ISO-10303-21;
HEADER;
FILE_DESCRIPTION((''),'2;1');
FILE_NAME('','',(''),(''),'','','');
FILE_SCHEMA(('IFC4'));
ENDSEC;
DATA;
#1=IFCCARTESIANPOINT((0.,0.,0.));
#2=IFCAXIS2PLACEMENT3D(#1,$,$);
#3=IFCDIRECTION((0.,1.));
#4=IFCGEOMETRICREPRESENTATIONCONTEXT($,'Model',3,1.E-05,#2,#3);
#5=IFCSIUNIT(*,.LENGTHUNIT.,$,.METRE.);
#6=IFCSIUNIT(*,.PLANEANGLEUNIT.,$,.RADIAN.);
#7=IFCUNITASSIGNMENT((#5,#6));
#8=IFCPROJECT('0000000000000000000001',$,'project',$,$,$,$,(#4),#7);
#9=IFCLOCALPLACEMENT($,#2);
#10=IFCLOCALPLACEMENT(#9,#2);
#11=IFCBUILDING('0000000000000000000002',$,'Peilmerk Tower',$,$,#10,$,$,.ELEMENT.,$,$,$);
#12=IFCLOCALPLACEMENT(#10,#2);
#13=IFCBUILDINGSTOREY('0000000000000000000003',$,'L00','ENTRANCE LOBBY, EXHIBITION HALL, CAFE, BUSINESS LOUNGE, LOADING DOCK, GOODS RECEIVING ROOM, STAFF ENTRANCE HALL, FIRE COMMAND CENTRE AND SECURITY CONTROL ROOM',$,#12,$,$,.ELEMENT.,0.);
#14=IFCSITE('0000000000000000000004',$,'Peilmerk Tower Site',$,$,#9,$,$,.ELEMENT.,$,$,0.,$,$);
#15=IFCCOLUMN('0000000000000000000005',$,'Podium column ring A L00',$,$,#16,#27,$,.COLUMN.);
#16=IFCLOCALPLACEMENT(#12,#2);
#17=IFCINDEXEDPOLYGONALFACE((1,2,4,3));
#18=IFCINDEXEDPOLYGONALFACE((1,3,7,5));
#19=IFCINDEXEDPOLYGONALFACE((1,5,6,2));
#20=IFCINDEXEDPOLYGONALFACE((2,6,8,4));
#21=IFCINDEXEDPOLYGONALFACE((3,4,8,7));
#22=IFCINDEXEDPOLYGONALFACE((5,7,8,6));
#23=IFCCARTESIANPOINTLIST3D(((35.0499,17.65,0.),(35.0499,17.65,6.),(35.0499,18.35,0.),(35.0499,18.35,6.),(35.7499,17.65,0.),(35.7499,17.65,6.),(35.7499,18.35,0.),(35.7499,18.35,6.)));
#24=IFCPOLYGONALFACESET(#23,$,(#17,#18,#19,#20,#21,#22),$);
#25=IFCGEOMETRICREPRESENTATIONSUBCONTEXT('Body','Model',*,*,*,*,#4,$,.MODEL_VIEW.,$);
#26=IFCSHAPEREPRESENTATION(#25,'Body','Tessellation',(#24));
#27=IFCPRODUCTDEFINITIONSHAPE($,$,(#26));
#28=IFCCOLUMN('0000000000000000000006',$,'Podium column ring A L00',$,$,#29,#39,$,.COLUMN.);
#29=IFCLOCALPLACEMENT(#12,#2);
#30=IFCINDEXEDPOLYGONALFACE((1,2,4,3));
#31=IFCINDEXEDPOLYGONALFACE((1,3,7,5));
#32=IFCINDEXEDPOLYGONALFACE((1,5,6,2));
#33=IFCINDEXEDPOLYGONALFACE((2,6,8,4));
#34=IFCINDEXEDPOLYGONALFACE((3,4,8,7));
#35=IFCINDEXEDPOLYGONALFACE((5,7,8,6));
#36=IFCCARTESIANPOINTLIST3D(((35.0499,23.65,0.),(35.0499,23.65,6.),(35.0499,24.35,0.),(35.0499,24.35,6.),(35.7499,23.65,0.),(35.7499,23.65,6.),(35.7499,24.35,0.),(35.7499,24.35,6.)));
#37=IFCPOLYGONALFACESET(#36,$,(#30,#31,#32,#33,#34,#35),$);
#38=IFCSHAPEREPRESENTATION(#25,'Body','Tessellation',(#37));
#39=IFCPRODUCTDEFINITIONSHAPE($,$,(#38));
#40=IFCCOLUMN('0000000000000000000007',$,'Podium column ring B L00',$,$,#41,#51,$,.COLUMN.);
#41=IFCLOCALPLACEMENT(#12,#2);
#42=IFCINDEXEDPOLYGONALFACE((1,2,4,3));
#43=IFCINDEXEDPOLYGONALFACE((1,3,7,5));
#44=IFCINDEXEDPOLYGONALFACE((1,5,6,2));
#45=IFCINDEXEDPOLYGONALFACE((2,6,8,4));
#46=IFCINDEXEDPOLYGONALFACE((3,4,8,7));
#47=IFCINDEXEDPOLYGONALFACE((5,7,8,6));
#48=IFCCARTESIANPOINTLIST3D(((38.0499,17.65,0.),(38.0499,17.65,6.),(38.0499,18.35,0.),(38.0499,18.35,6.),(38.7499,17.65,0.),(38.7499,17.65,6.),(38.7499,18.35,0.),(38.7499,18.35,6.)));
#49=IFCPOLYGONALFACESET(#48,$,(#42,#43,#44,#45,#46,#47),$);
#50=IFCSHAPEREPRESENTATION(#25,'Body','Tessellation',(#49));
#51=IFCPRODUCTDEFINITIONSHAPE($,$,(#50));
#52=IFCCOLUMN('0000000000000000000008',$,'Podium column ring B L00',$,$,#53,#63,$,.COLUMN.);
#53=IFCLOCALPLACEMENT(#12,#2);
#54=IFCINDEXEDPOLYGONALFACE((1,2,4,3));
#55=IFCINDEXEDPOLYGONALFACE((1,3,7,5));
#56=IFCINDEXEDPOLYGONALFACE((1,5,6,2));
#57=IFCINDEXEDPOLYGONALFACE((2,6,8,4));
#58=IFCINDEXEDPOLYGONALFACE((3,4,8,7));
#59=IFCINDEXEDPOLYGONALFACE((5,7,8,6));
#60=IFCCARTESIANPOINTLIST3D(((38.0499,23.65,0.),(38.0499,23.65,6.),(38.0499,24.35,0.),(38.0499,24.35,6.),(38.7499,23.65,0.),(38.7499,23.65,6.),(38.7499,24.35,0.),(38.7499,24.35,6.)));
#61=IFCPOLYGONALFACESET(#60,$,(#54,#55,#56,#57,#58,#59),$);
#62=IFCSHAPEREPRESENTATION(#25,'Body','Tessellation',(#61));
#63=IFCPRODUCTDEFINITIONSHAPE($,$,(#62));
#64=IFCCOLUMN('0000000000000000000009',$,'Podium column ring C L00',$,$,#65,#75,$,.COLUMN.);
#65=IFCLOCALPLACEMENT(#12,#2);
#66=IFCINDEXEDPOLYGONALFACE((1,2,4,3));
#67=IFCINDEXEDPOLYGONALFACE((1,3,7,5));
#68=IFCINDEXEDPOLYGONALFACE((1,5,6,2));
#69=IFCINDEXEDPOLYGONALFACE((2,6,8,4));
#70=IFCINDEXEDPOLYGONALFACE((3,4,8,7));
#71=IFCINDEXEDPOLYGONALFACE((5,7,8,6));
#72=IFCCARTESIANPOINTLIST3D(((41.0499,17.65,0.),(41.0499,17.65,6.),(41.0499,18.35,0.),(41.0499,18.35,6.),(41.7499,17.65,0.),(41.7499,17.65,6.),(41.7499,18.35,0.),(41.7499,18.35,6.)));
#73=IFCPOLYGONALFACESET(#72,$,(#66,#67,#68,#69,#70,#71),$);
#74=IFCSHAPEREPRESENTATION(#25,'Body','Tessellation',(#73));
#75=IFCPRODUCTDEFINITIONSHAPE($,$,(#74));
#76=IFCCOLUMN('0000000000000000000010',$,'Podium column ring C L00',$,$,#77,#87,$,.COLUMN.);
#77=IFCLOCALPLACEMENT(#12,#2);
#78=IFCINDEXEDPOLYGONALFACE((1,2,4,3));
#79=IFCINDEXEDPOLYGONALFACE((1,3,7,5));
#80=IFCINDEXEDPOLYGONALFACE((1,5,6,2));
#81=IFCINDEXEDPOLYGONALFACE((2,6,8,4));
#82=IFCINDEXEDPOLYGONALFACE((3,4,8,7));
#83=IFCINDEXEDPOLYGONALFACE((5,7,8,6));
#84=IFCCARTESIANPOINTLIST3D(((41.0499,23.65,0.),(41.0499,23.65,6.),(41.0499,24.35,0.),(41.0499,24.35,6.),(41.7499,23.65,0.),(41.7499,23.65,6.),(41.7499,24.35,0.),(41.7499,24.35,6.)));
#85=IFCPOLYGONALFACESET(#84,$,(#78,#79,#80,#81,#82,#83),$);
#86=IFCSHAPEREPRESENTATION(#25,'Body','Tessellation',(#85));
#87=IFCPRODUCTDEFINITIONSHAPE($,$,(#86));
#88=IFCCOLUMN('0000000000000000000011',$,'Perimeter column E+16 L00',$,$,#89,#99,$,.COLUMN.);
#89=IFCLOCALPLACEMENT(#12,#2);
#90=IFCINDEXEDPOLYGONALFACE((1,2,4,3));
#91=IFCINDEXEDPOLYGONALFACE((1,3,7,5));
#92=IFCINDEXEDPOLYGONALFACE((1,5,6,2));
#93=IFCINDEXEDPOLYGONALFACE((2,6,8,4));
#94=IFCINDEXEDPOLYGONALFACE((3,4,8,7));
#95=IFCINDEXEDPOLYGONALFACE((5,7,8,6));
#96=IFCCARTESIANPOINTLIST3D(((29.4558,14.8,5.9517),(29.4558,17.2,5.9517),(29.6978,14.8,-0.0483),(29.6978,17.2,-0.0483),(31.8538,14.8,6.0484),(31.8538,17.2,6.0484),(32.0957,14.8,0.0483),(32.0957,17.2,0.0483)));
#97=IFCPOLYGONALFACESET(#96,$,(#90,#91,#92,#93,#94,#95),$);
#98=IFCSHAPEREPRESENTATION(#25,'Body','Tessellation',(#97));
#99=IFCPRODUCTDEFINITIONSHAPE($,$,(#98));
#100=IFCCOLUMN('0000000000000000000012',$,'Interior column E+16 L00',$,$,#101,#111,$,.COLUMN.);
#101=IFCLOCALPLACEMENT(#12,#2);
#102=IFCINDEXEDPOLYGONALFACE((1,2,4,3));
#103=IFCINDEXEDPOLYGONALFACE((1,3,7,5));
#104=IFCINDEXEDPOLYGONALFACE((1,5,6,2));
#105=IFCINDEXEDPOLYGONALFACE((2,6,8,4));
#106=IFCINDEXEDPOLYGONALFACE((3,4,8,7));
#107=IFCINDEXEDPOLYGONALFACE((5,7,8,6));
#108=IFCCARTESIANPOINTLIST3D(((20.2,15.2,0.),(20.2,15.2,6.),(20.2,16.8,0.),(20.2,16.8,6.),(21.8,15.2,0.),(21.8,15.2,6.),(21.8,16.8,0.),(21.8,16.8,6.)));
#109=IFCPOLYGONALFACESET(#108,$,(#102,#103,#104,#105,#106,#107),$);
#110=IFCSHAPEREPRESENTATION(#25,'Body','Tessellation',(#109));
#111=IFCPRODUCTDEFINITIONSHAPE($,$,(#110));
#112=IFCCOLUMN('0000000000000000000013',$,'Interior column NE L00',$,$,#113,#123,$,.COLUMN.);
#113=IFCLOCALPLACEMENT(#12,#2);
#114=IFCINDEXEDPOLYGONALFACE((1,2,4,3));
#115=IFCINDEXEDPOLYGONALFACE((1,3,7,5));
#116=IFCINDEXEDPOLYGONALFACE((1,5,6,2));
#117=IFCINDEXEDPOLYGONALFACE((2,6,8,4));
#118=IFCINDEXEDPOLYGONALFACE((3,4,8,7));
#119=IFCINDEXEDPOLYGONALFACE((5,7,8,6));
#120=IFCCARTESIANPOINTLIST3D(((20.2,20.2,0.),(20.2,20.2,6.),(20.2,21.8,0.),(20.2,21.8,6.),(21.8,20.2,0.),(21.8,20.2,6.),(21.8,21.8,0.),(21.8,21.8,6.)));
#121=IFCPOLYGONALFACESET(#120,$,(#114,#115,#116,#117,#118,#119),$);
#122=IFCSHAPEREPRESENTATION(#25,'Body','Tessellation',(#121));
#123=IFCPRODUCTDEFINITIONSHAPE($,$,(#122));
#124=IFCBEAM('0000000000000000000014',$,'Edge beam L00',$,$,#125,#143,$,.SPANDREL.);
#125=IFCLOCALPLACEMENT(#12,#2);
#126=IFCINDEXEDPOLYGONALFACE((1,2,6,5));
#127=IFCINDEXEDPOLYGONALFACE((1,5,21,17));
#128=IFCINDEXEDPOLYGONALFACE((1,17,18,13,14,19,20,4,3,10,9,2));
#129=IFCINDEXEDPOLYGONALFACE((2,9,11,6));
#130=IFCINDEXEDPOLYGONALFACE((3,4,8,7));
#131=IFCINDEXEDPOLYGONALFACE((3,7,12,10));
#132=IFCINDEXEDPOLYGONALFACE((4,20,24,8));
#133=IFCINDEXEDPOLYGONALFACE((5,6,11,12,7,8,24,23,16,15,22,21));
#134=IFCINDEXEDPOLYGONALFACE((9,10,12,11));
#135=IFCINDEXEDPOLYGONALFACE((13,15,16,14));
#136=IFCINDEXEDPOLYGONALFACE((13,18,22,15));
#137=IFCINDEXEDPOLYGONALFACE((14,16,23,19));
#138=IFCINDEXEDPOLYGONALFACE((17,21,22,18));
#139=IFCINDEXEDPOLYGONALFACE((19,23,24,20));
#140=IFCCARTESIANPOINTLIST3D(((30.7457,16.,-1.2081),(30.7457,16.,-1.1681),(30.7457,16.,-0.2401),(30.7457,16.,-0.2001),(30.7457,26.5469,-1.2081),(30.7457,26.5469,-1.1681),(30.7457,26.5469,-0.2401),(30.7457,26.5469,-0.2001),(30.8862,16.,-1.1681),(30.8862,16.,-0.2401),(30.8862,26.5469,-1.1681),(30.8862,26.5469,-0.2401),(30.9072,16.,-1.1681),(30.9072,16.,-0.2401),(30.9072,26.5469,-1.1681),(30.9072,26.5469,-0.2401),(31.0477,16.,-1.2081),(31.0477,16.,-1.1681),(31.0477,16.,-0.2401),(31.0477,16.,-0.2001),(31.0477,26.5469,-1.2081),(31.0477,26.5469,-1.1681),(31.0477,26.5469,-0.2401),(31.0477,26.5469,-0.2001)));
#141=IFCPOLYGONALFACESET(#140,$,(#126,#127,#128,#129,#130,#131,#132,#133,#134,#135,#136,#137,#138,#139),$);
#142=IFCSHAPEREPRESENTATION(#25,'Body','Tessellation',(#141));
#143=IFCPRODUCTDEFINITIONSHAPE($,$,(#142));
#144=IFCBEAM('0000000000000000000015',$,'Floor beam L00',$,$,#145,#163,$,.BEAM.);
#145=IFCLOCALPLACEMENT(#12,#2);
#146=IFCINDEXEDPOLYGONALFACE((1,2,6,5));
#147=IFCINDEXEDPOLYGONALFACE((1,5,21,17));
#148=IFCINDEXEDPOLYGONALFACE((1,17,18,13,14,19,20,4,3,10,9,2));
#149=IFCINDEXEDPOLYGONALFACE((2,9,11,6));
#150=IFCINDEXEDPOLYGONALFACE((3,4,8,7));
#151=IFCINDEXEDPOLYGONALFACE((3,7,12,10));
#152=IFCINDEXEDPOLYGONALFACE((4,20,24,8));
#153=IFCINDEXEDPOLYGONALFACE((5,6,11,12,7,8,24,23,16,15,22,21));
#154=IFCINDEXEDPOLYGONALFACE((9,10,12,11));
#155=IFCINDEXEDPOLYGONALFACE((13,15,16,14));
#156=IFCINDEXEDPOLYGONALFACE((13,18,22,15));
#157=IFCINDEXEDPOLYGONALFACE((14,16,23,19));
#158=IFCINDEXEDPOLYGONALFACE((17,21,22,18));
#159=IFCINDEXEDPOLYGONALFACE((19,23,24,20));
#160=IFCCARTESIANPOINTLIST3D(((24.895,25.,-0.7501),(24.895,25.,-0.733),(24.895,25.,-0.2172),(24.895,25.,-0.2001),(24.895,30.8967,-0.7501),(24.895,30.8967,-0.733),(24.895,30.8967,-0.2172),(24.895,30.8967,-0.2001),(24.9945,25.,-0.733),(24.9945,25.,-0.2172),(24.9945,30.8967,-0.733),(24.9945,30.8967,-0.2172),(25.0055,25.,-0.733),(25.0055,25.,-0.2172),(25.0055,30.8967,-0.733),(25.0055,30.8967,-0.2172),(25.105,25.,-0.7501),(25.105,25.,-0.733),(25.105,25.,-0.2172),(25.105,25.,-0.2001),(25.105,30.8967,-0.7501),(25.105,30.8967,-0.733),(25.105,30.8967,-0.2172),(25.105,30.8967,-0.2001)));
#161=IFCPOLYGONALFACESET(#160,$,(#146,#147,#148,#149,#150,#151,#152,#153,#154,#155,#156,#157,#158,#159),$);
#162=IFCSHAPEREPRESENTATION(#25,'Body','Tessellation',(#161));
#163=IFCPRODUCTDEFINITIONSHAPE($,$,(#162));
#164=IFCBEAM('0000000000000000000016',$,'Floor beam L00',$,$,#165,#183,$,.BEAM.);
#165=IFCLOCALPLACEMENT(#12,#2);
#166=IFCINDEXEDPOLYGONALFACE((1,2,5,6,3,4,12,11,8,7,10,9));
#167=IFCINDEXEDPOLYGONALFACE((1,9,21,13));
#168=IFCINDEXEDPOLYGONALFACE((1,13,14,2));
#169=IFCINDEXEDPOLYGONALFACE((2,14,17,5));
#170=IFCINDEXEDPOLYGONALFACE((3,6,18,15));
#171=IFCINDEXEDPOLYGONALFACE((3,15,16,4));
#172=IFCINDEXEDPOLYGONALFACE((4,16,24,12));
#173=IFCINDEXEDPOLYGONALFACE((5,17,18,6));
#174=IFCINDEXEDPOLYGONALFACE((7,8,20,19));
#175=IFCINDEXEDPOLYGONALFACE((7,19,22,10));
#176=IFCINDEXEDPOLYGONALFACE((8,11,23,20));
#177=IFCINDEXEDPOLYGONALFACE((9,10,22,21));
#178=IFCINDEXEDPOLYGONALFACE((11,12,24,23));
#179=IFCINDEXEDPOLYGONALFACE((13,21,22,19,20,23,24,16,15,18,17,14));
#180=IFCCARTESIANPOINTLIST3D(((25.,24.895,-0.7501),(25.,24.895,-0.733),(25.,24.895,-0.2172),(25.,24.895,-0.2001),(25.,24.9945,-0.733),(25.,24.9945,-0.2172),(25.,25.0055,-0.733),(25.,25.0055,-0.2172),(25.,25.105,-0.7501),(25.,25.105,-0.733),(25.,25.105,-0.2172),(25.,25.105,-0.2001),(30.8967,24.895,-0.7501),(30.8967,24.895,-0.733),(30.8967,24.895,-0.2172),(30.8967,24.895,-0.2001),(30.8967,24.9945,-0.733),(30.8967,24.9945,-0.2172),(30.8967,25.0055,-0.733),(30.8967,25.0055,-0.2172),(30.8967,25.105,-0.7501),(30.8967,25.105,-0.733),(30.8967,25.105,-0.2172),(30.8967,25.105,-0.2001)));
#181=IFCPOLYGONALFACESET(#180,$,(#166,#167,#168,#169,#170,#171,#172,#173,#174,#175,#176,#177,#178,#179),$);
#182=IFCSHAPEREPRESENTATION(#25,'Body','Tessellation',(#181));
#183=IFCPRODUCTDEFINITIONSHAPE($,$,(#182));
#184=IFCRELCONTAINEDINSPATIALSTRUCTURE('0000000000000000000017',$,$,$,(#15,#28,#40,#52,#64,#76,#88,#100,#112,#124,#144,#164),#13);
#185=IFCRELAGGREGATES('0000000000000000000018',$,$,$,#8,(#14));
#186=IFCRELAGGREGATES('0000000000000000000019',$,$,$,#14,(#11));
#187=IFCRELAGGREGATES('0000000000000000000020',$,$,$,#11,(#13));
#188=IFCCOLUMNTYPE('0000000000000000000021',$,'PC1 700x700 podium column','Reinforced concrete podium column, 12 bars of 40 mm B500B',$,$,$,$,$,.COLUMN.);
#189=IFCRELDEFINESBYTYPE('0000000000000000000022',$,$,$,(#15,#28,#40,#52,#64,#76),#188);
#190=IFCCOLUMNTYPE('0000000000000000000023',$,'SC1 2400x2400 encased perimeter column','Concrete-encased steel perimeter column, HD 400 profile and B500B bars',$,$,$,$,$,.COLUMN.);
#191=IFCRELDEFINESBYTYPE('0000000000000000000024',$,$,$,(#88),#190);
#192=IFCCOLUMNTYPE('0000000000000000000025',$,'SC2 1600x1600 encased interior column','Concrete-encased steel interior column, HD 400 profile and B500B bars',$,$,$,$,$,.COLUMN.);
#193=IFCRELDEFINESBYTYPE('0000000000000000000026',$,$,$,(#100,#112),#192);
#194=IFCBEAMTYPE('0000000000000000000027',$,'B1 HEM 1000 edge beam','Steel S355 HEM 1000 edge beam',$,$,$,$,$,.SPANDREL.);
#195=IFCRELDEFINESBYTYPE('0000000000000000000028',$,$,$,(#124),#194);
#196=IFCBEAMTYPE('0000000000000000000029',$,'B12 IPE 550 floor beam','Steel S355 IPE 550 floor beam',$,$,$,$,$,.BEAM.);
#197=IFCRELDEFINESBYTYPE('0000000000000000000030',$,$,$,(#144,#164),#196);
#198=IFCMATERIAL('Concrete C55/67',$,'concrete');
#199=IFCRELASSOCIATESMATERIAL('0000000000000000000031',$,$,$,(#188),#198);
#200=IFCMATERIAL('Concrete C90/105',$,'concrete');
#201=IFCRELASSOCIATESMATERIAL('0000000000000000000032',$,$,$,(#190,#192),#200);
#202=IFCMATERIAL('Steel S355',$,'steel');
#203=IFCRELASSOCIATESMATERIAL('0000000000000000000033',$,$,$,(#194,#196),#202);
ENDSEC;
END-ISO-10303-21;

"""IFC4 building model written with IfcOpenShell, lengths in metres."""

from ifc_helpers import new_model, si_unit, direction, frame, origin, origin_2d, place, context, subcontext, project, spatial, rectangle, i_section, extrude, material, material_profile, profile_set, type_object, element, save


model = new_model("IFC4")

# Units and contexts
model_context = context("Model", 3, precision=1e-05, world=origin(), true_north=direction((0.0, 1.0)))
body_context = subcontext(model_context, "Body", "Model", "MODEL_VIEW")
ifc_project = project(units=[si_unit("LENGTHUNIT", "METRE"), si_unit("PLANEANGLEUNIT", "RADIAN")], contexts=[model_context])

# Site, building, storey
site_placement = place(None, origin())
site = spatial("IfcSite", under=ifc_project, at=site_placement, Name="Peilmerk Tower Site", CompositionType="ELEMENT", RefElevation=0.0)
building_placement = place(site_placement, origin())
building = spatial("IfcBuilding", under=site, at=building_placement, Name="Peilmerk Tower", CompositionType="ELEMENT")
storey_placement = place(building_placement, origin())
storey = spatial("IfcBuildingStorey", under=building, at=storey_placement, Name="L00", Description="ENTRANCE LOBBY, EXHIBITION HALL, CAFE, BUSINESS LOUNGE, LOADING DOCK, GOODS RECEIVING ROOM, STAFF ENTRANCE HALL, FIRE COMMAND CENTRE AND SECURITY CONTROL ROOM", CompositionType="ELEMENT", Elevation=0.0)

# Columns
ifc_material_1 = material(Name="Concrete C55/67", Category="concrete")
ifc_material_profile_1 = material_profile(ifc_material_1, rectangle(XDim=0.7, YDim=0.7, at=origin_2d()), Name="RC 700x700")
ifc_profile_set_1 = profile_set([ifc_material_profile_1], Name="Concrete C55/67")
column_type_1 = type_object("IfcColumnType", Name="PC1 700x700 podium column", Description="Reinforced concrete podium column, 12 bars of 40 mm B500B", PredefinedType="COLUMN", material=ifc_profile_set_1)
for number, where, z_axis, x_axis, name in (
    (1, (35.3999, 18.0, 0.0), (0.0, 0.0, 1.0), (1.0, 0.0, 0.0), "Podium column ring A L00"),
    (2, (35.3999, 24.0, 0.0), (0.0, 0.0, 1.0), (1.0, 0.0, 0.0), "Podium column ring A L00"),
    (3, (38.3999, 18.0, 0.0), (0.0, 0.0, 1.0), (1.0, 0.0, 0.0), "Podium column ring B L00"),
    (4, (38.3999, 24.0, 0.0), (0.0, 0.0, 1.0), (1.0, 0.0, 0.0), "Podium column ring B L00"),
    (5, (41.3999, 18.0, 0.0), (0.0, 0.0, 1.0), (1.0, 0.0, 0.0), "Podium column ring C L00"),
    (6, (41.3999, 24.0, 0.0), (0.0, 0.0, 1.0), (1.0, 0.0, 0.0), "Podium column ring C L00"),
):
    element("IfcColumn", number, at=place(storey_placement, frame(where, z_axis=z_axis, x_axis=x_axis)), inside=storey, type_object=column_type_1, Name=name, PredefinedType="COLUMN", context=body_context, shape_type="SweptSolid", body=[
        extrude(rectangle(XDim=0.7, YDim=0.7, at=origin_2d()), origin(), (0.0, 0.0, 1.0), 6.0),
    ])
ifc_material_2 = material(Name="Concrete C90/105", Category="concrete")
ifc_material_profile_2 = material_profile(ifc_material_2, rectangle(XDim=2.3999, YDim=2.3999, at=origin_2d()), Name="RC 2400x2400")
ifc_profile_set_2 = profile_set([ifc_material_profile_2], Name="Concrete C90/105")
column_type_2 = type_object("IfcColumnType", Name="SC1 2400x2400 encased perimeter column", Description="Concrete-encased steel perimeter column, HD 400 profile and B500B bars", PredefinedType="COLUMN", material=ifc_profile_set_2)
column_placement = place(storey_placement, frame((30.8967, 16.0, 0.0), z_axis=(-0.040291, 0.0, 0.999188), x_axis=(0.0, -1.0, 0.0)))
element("IfcColumn", 7, at=column_placement, inside=storey, type_object=column_type_2, Name="Perimeter column E+16 L00", PredefinedType="COLUMN", context=body_context, shape_type="SweptSolid", body=[
    extrude(rectangle(XDim=2.3999, YDim=2.3999, at=origin_2d()), origin(), (0.0, 0.0, 1.0), 6.0049),
])
ifc_material_profile_3 = material_profile(ifc_material_2, rectangle(XDim=1.6001, YDim=1.6001, at=origin_2d()), Name="RC 1600x1600")
ifc_profile_set_3 = profile_set([ifc_material_profile_3], Name="Concrete C90/105")
column_type_3 = type_object("IfcColumnType", Name="SC2 1600x1600 encased interior column", Description="Concrete-encased steel interior column, HD 400 profile and B500B bars", PredefinedType="COLUMN", material=ifc_profile_set_3)
for number, where, z_axis, x_axis, name in (
    (8, (21.0, 16.0, 0.0), (0.0, 0.0, 1.0), (1.0, 0.0, 0.0), "Interior column E+16 L00"),
    (9, (21.0, 21.0, 0.0), (0.0, 0.0, 1.0), (1.0, 0.0, 0.0), "Interior column NE L00"),
):
    element("IfcColumn", number, at=place(storey_placement, frame(where, z_axis=z_axis, x_axis=x_axis)), inside=storey, type_object=column_type_3, Name=name, PredefinedType="COLUMN", context=body_context, shape_type="SweptSolid", body=[
        extrude(rectangle(XDim=1.6001, YDim=1.6001, at=origin_2d()), origin(), (0.0, 0.0, 1.0), 6.0),
    ])

# Beams
ifc_material_3 = material(Name="Steel S355", Category="steel")
ifc_material_profile_4 = material_profile(ifc_material_3, i_section(OverallWidth=0.302, OverallDepth=1.0081, WebThickness=0.021, FlangeThickness=0.04, at=origin_2d()), Name="HEM 1000")
ifc_profile_set_4 = profile_set([ifc_material_profile_4], Name="Steel S355")
beam_type_1 = type_object("IfcBeamType", Name="B1 HEM 1000 edge beam", Description="Steel S355 HEM 1000 edge beam", PredefinedType="SPANDREL", material=ifc_profile_set_4)
beam_1_placement = place(storey_placement, frame((30.8967, 16.0, -0.7041), z_axis=(0.0, 1.0, 0.0), x_axis=(-1.0, 0.0, 0.0)))
element("IfcBeam", 10, at=beam_1_placement, inside=storey, type_object=beam_type_1, Name="Edge beam L00", PredefinedType="SPANDREL", context=body_context, shape_type="SweptSolid", body=[
    extrude(i_section(OverallWidth=0.302, OverallDepth=1.0081, WebThickness=0.021, FlangeThickness=0.04, at=origin_2d()), origin(), (0.0, 0.0, 1.0), 10.5469),
])
ifc_material_profile_5 = material_profile(ifc_material_3, i_section(OverallWidth=0.21, OverallDepth=0.55, WebThickness=0.011, FlangeThickness=0.0171, at=origin_2d()), Name="IPE 550")
ifc_profile_set_5 = profile_set([ifc_material_profile_5], Name="Steel S355")
beam_type_2 = type_object("IfcBeamType", Name="B12 IPE 550 floor beam", Description="Steel S355 IPE 550 floor beam", PredefinedType="BEAM", material=ifc_profile_set_5)
for number, where, z_axis, x_axis, name in (
    (11, (25.0, 25.0, -0.4751), (0.0, 1.0, 0.0), (-1.0, 0.0, 0.0), "Floor beam L00"),
    (12, (25.0, 25.0, -0.4751), (1.0, 0.0, 0.0), (0.0, 1.0, 0.0), "Floor beam L00"),
):
    element("IfcBeam", number, at=place(storey_placement, frame(where, z_axis=z_axis, x_axis=x_axis)), inside=storey, type_object=beam_type_2, Name=name, PredefinedType="BEAM", context=body_context, shape_type="SweptSolid", body=[
        extrude(i_section(OverallWidth=0.21, OverallDepth=0.55, WebThickness=0.011, FlangeThickness=0.0171, at=origin_2d()), origin(), (0.0, 0.0, 1.0), 5.8967),
    ])

save(model, "model.ifc")
